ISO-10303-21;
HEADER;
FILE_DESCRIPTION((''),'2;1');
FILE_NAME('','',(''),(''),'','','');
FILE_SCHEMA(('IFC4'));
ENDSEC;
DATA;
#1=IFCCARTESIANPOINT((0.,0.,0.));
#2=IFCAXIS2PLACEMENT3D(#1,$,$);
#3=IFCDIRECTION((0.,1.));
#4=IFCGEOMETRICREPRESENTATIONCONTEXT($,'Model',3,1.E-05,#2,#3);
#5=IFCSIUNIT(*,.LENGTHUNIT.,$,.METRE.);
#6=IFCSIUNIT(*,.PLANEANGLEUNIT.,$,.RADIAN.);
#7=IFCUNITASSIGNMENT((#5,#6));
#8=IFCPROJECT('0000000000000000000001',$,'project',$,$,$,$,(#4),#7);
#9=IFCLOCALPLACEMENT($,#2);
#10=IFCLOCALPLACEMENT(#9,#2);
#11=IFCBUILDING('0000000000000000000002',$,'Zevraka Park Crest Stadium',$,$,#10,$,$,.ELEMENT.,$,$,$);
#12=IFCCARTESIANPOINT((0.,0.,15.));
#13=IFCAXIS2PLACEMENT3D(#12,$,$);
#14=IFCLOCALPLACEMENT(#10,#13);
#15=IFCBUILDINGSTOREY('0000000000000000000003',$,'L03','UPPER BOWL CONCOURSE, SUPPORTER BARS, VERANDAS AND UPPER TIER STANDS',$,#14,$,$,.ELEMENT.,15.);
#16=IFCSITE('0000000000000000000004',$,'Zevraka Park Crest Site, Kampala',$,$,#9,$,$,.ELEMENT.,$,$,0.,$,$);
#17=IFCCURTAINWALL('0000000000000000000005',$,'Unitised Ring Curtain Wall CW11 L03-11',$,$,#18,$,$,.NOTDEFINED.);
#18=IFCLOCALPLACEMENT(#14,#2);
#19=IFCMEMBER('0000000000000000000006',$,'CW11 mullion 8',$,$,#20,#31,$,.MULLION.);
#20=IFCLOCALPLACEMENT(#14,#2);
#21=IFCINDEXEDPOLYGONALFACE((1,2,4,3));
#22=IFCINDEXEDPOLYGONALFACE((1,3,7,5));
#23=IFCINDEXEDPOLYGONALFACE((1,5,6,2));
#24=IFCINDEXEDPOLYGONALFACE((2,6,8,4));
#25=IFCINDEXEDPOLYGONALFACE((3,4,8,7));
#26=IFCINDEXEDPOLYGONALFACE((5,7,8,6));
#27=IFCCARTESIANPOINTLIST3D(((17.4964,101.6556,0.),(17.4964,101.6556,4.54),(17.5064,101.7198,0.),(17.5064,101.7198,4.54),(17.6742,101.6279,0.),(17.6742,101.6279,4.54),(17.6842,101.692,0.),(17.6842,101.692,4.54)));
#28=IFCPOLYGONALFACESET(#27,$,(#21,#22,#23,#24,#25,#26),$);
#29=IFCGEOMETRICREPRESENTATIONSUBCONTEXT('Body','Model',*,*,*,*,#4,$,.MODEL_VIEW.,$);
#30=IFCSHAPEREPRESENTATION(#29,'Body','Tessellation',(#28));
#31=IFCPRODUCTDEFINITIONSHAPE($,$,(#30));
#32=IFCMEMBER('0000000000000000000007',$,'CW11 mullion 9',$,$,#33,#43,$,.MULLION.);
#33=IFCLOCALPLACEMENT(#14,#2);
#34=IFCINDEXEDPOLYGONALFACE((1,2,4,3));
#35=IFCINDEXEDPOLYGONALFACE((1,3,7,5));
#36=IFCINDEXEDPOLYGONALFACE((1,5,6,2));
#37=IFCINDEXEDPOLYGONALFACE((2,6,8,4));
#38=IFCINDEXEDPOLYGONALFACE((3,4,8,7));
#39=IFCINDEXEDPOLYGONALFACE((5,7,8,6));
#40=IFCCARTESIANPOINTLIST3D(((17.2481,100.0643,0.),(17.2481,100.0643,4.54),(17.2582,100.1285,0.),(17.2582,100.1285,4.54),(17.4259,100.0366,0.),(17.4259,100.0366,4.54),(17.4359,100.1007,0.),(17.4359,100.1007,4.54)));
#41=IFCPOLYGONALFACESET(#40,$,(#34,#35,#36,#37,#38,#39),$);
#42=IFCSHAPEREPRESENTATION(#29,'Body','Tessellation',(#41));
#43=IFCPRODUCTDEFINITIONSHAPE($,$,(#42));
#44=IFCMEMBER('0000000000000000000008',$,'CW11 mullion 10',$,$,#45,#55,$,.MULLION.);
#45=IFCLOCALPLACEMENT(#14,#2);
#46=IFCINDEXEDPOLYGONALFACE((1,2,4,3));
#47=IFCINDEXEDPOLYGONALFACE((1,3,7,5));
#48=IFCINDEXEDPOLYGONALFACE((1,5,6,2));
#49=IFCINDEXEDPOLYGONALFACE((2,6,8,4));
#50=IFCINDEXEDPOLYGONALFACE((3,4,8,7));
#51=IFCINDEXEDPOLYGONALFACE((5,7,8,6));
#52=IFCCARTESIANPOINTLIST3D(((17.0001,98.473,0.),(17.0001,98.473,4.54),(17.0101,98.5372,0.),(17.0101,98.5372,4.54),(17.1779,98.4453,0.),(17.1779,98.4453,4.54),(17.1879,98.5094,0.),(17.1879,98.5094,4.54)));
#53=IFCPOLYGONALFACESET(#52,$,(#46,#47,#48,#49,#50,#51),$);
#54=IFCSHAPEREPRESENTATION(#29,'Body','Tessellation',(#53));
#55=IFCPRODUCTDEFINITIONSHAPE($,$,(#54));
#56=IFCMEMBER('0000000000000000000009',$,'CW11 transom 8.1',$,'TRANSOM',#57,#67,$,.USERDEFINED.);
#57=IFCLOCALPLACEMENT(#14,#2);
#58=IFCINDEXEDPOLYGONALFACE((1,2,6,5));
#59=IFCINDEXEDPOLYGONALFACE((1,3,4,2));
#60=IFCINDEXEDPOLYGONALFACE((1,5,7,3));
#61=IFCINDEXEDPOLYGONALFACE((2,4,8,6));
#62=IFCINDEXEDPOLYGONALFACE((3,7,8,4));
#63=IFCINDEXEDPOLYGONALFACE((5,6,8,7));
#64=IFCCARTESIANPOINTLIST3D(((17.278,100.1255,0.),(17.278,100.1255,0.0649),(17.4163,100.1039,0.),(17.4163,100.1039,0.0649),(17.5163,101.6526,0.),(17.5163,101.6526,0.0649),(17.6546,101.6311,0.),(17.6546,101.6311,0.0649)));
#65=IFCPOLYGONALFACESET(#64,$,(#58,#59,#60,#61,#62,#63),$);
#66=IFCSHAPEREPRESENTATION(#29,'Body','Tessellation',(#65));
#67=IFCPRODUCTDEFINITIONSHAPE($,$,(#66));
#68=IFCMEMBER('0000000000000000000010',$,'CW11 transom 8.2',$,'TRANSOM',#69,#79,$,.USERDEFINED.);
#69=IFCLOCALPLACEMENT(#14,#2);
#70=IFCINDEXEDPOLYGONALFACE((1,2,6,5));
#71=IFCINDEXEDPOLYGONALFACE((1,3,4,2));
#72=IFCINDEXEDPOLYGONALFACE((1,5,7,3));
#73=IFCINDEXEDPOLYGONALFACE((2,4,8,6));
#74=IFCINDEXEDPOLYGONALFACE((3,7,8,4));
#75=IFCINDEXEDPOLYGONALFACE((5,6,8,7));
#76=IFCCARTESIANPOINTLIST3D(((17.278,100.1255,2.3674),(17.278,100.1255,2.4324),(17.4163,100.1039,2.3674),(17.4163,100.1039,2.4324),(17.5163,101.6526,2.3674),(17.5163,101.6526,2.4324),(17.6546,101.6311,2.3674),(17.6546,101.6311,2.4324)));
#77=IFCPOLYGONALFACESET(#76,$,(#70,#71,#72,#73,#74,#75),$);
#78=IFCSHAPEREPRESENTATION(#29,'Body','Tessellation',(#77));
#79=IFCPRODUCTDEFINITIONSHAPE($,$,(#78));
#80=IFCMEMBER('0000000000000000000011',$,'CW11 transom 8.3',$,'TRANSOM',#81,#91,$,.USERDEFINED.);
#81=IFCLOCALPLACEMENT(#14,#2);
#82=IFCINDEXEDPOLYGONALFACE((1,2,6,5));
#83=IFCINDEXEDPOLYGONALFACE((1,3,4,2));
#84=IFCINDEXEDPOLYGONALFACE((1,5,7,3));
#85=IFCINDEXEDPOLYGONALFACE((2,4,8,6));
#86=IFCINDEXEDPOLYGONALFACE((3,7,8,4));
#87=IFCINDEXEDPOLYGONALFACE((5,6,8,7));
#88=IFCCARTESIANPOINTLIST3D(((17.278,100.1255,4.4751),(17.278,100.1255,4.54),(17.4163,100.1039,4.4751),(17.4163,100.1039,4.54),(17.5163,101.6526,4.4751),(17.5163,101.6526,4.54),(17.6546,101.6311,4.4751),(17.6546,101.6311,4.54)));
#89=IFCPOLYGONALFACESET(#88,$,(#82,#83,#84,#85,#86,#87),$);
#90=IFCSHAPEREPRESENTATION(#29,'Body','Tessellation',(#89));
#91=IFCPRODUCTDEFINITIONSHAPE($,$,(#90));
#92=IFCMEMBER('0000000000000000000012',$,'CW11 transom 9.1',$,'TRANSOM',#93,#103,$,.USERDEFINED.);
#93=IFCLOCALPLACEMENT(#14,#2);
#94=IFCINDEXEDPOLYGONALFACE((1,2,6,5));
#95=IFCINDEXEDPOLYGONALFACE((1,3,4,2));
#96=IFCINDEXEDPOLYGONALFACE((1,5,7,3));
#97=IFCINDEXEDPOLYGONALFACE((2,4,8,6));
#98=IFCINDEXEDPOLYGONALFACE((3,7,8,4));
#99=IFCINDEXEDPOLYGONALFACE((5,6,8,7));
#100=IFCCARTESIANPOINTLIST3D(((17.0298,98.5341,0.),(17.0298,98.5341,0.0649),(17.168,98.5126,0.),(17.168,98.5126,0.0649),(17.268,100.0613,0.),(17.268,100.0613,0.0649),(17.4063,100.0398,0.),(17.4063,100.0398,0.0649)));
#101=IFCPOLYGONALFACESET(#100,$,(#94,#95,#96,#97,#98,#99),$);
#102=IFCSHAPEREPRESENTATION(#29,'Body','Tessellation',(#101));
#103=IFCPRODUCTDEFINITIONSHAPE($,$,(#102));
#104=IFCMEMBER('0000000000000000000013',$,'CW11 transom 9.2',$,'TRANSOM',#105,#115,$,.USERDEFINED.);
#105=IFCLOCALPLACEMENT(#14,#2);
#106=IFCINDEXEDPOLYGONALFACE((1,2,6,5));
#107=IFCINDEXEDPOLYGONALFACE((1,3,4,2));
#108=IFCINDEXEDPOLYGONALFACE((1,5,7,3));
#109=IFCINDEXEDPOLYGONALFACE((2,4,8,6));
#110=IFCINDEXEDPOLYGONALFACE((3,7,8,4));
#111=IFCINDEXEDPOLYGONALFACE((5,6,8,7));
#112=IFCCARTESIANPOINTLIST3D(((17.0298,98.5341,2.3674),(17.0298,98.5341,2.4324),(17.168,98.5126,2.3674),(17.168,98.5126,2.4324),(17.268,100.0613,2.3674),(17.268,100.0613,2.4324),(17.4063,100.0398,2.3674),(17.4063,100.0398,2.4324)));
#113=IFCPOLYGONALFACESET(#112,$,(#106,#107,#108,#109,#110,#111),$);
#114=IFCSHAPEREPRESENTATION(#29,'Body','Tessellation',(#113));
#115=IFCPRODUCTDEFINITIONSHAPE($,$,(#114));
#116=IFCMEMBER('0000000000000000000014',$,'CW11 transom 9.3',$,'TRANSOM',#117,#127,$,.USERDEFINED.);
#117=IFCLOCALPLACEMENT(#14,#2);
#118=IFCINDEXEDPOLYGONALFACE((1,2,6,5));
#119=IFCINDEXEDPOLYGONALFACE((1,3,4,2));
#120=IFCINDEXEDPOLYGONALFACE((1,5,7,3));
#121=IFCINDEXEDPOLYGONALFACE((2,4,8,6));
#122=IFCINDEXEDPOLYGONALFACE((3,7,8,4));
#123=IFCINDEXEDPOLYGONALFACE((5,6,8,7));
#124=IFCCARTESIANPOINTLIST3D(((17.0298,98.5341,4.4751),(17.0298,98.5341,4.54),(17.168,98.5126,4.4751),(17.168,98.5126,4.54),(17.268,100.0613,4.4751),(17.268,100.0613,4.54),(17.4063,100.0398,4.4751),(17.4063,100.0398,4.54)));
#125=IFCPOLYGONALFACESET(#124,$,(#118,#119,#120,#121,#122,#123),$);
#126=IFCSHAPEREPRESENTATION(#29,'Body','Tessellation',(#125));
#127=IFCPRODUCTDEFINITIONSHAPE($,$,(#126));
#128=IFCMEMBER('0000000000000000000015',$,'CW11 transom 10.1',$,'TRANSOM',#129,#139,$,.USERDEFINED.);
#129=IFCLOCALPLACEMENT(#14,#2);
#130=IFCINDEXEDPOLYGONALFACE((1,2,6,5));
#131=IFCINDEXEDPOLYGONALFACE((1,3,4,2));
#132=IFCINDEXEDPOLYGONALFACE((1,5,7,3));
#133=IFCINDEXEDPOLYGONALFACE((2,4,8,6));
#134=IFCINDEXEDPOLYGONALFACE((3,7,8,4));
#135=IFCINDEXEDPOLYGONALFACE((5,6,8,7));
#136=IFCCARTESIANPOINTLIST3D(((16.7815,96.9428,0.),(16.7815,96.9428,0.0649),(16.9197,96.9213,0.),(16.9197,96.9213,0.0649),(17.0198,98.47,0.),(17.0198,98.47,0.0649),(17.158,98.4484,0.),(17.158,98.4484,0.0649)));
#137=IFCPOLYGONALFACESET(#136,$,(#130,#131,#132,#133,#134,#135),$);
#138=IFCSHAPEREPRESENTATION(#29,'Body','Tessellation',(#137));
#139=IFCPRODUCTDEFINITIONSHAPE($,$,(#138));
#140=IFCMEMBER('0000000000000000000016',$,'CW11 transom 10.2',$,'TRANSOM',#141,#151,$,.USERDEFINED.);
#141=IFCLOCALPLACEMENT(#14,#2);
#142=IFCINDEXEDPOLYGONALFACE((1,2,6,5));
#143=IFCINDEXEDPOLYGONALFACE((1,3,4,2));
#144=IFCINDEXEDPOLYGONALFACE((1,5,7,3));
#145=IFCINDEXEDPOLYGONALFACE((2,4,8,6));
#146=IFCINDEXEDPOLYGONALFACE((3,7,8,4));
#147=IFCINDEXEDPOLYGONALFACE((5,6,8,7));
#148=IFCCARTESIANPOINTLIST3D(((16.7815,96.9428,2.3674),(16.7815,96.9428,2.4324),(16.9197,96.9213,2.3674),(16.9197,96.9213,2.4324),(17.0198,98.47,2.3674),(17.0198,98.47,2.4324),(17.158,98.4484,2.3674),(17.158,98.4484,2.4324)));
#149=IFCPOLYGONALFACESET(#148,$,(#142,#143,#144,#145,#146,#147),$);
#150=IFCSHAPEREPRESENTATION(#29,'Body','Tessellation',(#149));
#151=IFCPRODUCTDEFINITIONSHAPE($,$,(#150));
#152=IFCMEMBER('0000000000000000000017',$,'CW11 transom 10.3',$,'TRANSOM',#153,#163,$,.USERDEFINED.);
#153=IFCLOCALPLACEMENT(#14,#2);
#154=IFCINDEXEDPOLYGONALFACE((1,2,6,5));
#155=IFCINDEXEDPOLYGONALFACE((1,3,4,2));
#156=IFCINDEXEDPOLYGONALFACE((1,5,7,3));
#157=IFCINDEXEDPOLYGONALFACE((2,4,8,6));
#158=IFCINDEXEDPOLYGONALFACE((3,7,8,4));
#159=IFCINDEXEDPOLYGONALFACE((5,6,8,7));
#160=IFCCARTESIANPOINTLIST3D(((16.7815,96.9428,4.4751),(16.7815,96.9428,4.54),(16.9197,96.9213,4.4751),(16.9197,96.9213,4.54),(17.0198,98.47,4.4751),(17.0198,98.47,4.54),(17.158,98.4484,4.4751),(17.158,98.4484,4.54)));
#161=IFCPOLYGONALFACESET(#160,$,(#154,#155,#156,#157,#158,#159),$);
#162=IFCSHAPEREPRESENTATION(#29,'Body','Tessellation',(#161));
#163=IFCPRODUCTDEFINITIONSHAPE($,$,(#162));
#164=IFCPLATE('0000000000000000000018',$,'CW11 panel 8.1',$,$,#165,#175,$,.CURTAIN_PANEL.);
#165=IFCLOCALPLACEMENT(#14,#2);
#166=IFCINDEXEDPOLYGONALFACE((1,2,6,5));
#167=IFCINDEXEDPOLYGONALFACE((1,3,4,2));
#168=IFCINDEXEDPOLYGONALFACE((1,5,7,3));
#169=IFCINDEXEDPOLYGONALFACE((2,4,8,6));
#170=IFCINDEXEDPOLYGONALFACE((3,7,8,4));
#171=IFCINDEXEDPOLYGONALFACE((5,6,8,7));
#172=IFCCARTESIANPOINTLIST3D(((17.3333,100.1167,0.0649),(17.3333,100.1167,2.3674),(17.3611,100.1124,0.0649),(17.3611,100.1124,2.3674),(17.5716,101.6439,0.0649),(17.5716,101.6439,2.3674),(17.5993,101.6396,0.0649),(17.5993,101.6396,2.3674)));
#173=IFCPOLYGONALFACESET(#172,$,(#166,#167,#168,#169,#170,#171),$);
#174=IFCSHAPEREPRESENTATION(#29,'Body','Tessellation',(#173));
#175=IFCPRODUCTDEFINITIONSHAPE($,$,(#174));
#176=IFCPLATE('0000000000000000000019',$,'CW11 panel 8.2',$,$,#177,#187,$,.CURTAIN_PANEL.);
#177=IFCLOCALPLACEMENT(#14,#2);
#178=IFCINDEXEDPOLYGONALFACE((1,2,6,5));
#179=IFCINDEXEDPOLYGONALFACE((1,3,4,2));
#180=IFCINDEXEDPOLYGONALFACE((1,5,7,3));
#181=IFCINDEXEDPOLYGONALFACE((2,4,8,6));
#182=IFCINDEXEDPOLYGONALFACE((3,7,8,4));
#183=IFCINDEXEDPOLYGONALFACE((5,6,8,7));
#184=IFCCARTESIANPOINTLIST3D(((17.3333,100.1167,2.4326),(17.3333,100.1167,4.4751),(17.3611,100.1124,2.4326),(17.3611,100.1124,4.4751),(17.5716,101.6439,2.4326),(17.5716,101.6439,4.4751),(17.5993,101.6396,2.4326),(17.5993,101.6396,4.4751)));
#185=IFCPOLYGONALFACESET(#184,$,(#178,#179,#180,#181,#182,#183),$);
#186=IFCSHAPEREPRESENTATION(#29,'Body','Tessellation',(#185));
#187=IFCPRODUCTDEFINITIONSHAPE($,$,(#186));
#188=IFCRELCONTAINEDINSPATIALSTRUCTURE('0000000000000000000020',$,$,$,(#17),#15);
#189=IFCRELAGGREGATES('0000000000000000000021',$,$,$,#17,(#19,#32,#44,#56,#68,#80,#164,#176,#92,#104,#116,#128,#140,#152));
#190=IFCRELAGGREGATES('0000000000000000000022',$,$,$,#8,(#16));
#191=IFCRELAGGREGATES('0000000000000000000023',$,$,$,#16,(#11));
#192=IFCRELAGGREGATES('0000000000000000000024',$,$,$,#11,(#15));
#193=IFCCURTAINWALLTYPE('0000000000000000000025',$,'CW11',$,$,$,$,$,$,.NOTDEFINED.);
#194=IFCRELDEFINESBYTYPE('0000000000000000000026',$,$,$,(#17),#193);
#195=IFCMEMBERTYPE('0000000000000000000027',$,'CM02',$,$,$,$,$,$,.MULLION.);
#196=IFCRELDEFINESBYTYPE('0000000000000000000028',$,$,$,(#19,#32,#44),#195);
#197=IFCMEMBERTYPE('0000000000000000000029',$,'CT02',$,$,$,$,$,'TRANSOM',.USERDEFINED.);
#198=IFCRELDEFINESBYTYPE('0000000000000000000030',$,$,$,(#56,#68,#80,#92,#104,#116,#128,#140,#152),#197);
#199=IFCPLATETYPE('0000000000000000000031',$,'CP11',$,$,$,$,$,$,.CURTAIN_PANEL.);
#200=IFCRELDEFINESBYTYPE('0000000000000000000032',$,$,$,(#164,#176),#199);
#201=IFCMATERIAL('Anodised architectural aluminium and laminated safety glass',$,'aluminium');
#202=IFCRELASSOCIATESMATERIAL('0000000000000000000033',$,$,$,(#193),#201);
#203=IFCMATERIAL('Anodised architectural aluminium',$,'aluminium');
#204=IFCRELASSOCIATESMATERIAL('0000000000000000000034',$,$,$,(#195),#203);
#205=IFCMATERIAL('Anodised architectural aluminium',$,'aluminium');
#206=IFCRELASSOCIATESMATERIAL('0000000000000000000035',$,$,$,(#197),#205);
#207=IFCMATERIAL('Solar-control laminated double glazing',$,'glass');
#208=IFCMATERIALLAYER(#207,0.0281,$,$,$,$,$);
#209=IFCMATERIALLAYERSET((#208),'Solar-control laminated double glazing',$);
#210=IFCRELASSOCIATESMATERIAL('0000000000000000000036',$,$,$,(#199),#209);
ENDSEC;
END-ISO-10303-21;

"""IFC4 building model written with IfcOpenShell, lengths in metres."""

from ifc_helpers import new_model, si_unit, direction, frame, origin, origin_2d, place, context, subcontext, project, spatial, rectangle, extrude, material, layer, layer_set, material_profile, profile_set, type_object, element, aggregate, save


model = new_model("IFC4")

# Units and contexts
model_context = context("Model", 3, precision=1e-05, world=origin(), true_north=direction((0.0, 1.0)))
body_context = subcontext(model_context, "Body", "Model", "MODEL_VIEW")
ifc_project = project(units=[si_unit("LENGTHUNIT", "METRE"), si_unit("PLANEANGLEUNIT", "RADIAN")], contexts=[model_context])

# Site, building, storey
site_placement = place(None, origin())
site = spatial("IfcSite", under=ifc_project, at=site_placement, Name="Zevraka Park Crest Site, Kampala", CompositionType="ELEMENT", RefElevation=0.0)
building_placement = place(site_placement, origin())
building = spatial("IfcBuilding", under=site, at=building_placement, Name="Zevraka Park Crest Stadium", CompositionType="ELEMENT")
storey_placement = place(building_placement, frame((0.0, 0.0, 15.0)))
storey = spatial("IfcBuildingStorey", under=building, at=storey_placement, Name="L03", Description="UPPER BOWL CONCOURSE, SUPPORTER BARS, VERANDAS AND UPPER TIER STANDS", CompositionType="ELEMENT", Elevation=15.0)

# Curtain wall, members, plates
ifc_material_1 = material(Name="Anodised architectural aluminium and laminated safety glass", Category="aluminium")
curtain_wall_type = type_object("IfcCurtainWallType", Name="CW11", PredefinedType="NOTDEFINED", material=ifc_material_1)
curtain_wall_placement = place(storey_placement, origin())
curtain_wall = element("IfcCurtainWall", 1, at=curtain_wall_placement, inside=storey, type_object=curtain_wall_type, Name="Unitised Ring Curtain Wall CW11 L03-11", PredefinedType="NOTDEFINED")
ifc_material_2 = material(Name="Anodised architectural aluminium", Category="aluminium")
ifc_material_profile_1 = material_profile(ifc_material_2, rectangle(XDim=0.1799, YDim=0.0649, at=origin_2d()), Name="ALU MULLION 180x65")
ifc_profile_set_1 = profile_set([ifc_material_profile_1], Name="Anodised architectural aluminium")
member_type_1 = type_object("IfcMemberType", Name="CM02", PredefinedType="MULLION", material=ifc_profile_set_1)
member_1_placement = place(storey_placement, frame((17.5903, 101.6738, 0.0), z_axis=(0.0, 0.0, 1.0), x_axis=(0.988051, -0.154128, 0.0)))
member_1 = element("IfcMember", 2, at=member_1_placement, type_object=member_type_1, Name="CW11 mullion 8", PredefinedType="MULLION", context=body_context, shape_type="SweptSolid", body=[
    extrude(rectangle(XDim=0.1799, YDim=0.0649, at=origin_2d()), origin(), (0.0, 0.0, 1.0), 4.54),
])
member_2_placement = place(storey_placement, frame((17.342, 100.0825, 0.0), z_axis=(0.0, 0.0, 1.0), x_axis=(0.988051, -0.154128, 0.0)))
member_2 = element("IfcMember", 3, at=member_2_placement, type_object=member_type_1, Name="CW11 mullion 9", PredefinedType="MULLION", context=body_context, shape_type="SweptSolid", body=[
    extrude(rectangle(XDim=0.1799, YDim=0.0649, at=origin_2d()), origin(), (0.0, 0.0, 1.0), 4.54),
])
member_3_placement = place(storey_placement, frame((17.094, 98.4912, 0.0), z_axis=(0.0, 0.0, 1.0), x_axis=(0.988051, -0.154128, 0.0)))
member_3 = element("IfcMember", 4, at=member_3_placement, type_object=member_type_1, Name="CW11 mullion 10", PredefinedType="MULLION", context=body_context, shape_type="SweptSolid", body=[
    extrude(rectangle(XDim=0.1799, YDim=0.0649, at=origin_2d()), origin(), (0.0, 0.0, 1.0), 4.54),
])
ifc_material_3 = material(Name="Anodised architectural aluminium", Category="aluminium")
ifc_material_profile_2 = material_profile(ifc_material_3, rectangle(XDim=0.1399, YDim=0.0649, at=origin_2d()), Name="ALU TRANSOM 140x65")
ifc_profile_set_2 = profile_set([ifc_material_profile_2], Name="Anodised architectural aluminium")
member_type_2 = type_object("IfcMemberType", Name="CT02", ElementType="TRANSOM", PredefinedType="USERDEFINED", material=ifc_profile_set_2)
member_4_placement = place(storey_placement, frame((17.5854, 101.6418, 0.0325), z_axis=(-0.15417, -0.988044, 0.0), x_axis=(0.988044, -0.15417, 0.0)))
member_4 = element("IfcMember", 5, at=member_4_placement, type_object=member_type_2, Name="CW11 transom 8.1", ObjectType="TRANSOM", PredefinedType="USERDEFINED", context=body_context, shape_type="SweptSolid", body=[
    extrude(rectangle(XDim=0.1399, YDim=0.0649, at=origin_2d()), origin(), (0.0, 0.0, 1.0), 1.5457),
])
member_5_placement = place(storey_placement, frame((17.5854, 101.6418, 2.3999), z_axis=(-0.15417, -0.988044, 0.0), x_axis=(0.988044, -0.15417, 0.0)))
member_5 = element("IfcMember", 6, at=member_5_placement, type_object=member_type_2, Name="CW11 transom 8.2", ObjectType="TRANSOM", PredefinedType="USERDEFINED", context=body_context, shape_type="SweptSolid", body=[
    extrude(rectangle(XDim=0.1399, YDim=0.0649, at=origin_2d()), origin(), (0.0, 0.0, 1.0), 1.5457),
])
member_6_placement = place(storey_placement, frame((17.5854, 101.6418, 4.5076), z_axis=(-0.15417, -0.988044, 0.0), x_axis=(0.988044, -0.15417, 0.0)))
member_6 = element("IfcMember", 7, at=member_6_placement, type_object=member_type_2, Name="CW11 transom 8.3", ObjectType="TRANSOM", PredefinedType="USERDEFINED", context=body_context, shape_type="SweptSolid", body=[
    extrude(rectangle(XDim=0.1399, YDim=0.0649, at=origin_2d()), origin(), (0.0, 0.0, 1.0), 1.5457),
])
member_7_placement = place(storey_placement, frame((17.3372, 100.0505, 0.0325), z_axis=(-0.15417, -0.988044, 0.0), x_axis=(0.988044, -0.15417, 0.0)))
member_7 = element("IfcMember", 8, at=member_7_placement, type_object=member_type_2, Name="CW11 transom 9.1", ObjectType="TRANSOM", PredefinedType="USERDEFINED", context=body_context, shape_type="SweptSolid", body=[
    extrude(rectangle(XDim=0.1399, YDim=0.0649, at=origin_2d()), origin(), (0.0, 0.0, 1.0), 1.5457),
])
member_8_placement = place(storey_placement, frame((17.3372, 100.0505, 2.3999), z_axis=(-0.15417, -0.988044, 0.0), x_axis=(0.988044, -0.15417, 0.0)))
member_8 = element("IfcMember", 9, at=member_8_placement, type_object=member_type_2, Name="CW11 transom 9.2", ObjectType="TRANSOM", PredefinedType="USERDEFINED", context=body_context, shape_type="SweptSolid", body=[
    extrude(rectangle(XDim=0.1399, YDim=0.0649, at=origin_2d()), origin(), (0.0, 0.0, 1.0), 1.5457),
])
member_9_placement = place(storey_placement, frame((17.3372, 100.0505, 4.5076), z_axis=(-0.15417, -0.988044, 0.0), x_axis=(0.988044, -0.15417, 0.0)))
member_9 = element("IfcMember", 10, at=member_9_placement, type_object=member_type_2, Name="CW11 transom 9.3", ObjectType="TRANSOM", PredefinedType="USERDEFINED", context=body_context, shape_type="SweptSolid", body=[
    extrude(rectangle(XDim=0.1399, YDim=0.0649, at=origin_2d()), origin(), (0.0, 0.0, 1.0), 1.5457),
])
member_10_placement = place(storey_placement, frame((17.0889, 98.4592, 0.0325), z_axis=(-0.15417, -0.988044, 0.0), x_axis=(0.988044, -0.15417, 0.0)))
member_10 = element("IfcMember", 11, at=member_10_placement, type_object=member_type_2, Name="CW11 transom 10.1", ObjectType="TRANSOM", PredefinedType="USERDEFINED", context=body_context, shape_type="SweptSolid", body=[
    extrude(rectangle(XDim=0.1399, YDim=0.0649, at=origin_2d()), origin(), (0.0, 0.0, 1.0), 1.5457),
])
member_11_placement = place(storey_placement, frame((17.0889, 98.4592, 2.3999), z_axis=(-0.15417, -0.988044, 0.0), x_axis=(0.988044, -0.15417, 0.0)))
member_11 = element("IfcMember", 12, at=member_11_placement, type_object=member_type_2, Name="CW11 transom 10.2", ObjectType="TRANSOM", PredefinedType="USERDEFINED", context=body_context, shape_type="SweptSolid", body=[
    extrude(rectangle(XDim=0.1399, YDim=0.0649, at=origin_2d()), origin(), (0.0, 0.0, 1.0), 1.5457),
])
member_12_placement = place(storey_placement, frame((17.0889, 98.4592, 4.5076), z_axis=(-0.15417, -0.988044, 0.0), x_axis=(0.988044, -0.15417, 0.0)))
member_12 = element("IfcMember", 13, at=member_12_placement, type_object=member_type_2, Name="CW11 transom 10.3", ObjectType="TRANSOM", PredefinedType="USERDEFINED", context=body_context, shape_type="SweptSolid", body=[
    extrude(rectangle(XDim=0.1399, YDim=0.0649, at=origin_2d()), origin(), (0.0, 0.0, 1.0), 1.5457),
])
ifc_material_4 = material(Name="Solar-control laminated double glazing", Category="glass")
ifc_layer_1 = layer(ifc_material_4, 0.0281)
ifc_layer_set_1 = layer_set([ifc_layer_1], Name="Solar-control laminated double glazing")
plate_type = type_object("IfcPlateType", Name="CP11", PredefinedType="CURTAIN_PANEL", material=ifc_layer_set_1)
plate_1_placement = place(storey_placement, frame((17.4663, 100.8782, 0.0649), z_axis=(0.0, 0.0, 1.0), x_axis=(-0.154128, -0.988051, 0.0)))
plate_1 = element("IfcPlate", 14, at=plate_1_placement, type_object=plate_type, Name="CW11 panel 8.1", PredefinedType="CURTAIN_PANEL", context=body_context, shape_type="SweptSolid", body=[
    extrude(rectangle(XDim=1.5457, YDim=0.0281, at=origin_2d()), origin(), (0.0, 0.0, 1.0), 2.3025),
])
plate_2_placement = place(storey_placement, frame((17.4663, 100.8782, 2.4326), z_axis=(0.0, 0.0, 1.0), x_axis=(-0.154128, -0.988051, 0.0)))
plate_2 = element("IfcPlate", 15, at=plate_2_placement, type_object=plate_type, Name="CW11 panel 8.2", PredefinedType="CURTAIN_PANEL", context=body_context, shape_type="SweptSolid", body=[
    extrude(rectangle(XDim=1.5457, YDim=0.0281, at=origin_2d()), origin(), (0.0, 0.0, 1.0), 2.0425),
])
aggregate(curtain_wall, [member_1, member_2, member_3, member_4, member_5, member_6, plate_1, plate_2, member_7, member_8, member_9, member_10, member_11, member_12])

save(model, "model.ifc")
